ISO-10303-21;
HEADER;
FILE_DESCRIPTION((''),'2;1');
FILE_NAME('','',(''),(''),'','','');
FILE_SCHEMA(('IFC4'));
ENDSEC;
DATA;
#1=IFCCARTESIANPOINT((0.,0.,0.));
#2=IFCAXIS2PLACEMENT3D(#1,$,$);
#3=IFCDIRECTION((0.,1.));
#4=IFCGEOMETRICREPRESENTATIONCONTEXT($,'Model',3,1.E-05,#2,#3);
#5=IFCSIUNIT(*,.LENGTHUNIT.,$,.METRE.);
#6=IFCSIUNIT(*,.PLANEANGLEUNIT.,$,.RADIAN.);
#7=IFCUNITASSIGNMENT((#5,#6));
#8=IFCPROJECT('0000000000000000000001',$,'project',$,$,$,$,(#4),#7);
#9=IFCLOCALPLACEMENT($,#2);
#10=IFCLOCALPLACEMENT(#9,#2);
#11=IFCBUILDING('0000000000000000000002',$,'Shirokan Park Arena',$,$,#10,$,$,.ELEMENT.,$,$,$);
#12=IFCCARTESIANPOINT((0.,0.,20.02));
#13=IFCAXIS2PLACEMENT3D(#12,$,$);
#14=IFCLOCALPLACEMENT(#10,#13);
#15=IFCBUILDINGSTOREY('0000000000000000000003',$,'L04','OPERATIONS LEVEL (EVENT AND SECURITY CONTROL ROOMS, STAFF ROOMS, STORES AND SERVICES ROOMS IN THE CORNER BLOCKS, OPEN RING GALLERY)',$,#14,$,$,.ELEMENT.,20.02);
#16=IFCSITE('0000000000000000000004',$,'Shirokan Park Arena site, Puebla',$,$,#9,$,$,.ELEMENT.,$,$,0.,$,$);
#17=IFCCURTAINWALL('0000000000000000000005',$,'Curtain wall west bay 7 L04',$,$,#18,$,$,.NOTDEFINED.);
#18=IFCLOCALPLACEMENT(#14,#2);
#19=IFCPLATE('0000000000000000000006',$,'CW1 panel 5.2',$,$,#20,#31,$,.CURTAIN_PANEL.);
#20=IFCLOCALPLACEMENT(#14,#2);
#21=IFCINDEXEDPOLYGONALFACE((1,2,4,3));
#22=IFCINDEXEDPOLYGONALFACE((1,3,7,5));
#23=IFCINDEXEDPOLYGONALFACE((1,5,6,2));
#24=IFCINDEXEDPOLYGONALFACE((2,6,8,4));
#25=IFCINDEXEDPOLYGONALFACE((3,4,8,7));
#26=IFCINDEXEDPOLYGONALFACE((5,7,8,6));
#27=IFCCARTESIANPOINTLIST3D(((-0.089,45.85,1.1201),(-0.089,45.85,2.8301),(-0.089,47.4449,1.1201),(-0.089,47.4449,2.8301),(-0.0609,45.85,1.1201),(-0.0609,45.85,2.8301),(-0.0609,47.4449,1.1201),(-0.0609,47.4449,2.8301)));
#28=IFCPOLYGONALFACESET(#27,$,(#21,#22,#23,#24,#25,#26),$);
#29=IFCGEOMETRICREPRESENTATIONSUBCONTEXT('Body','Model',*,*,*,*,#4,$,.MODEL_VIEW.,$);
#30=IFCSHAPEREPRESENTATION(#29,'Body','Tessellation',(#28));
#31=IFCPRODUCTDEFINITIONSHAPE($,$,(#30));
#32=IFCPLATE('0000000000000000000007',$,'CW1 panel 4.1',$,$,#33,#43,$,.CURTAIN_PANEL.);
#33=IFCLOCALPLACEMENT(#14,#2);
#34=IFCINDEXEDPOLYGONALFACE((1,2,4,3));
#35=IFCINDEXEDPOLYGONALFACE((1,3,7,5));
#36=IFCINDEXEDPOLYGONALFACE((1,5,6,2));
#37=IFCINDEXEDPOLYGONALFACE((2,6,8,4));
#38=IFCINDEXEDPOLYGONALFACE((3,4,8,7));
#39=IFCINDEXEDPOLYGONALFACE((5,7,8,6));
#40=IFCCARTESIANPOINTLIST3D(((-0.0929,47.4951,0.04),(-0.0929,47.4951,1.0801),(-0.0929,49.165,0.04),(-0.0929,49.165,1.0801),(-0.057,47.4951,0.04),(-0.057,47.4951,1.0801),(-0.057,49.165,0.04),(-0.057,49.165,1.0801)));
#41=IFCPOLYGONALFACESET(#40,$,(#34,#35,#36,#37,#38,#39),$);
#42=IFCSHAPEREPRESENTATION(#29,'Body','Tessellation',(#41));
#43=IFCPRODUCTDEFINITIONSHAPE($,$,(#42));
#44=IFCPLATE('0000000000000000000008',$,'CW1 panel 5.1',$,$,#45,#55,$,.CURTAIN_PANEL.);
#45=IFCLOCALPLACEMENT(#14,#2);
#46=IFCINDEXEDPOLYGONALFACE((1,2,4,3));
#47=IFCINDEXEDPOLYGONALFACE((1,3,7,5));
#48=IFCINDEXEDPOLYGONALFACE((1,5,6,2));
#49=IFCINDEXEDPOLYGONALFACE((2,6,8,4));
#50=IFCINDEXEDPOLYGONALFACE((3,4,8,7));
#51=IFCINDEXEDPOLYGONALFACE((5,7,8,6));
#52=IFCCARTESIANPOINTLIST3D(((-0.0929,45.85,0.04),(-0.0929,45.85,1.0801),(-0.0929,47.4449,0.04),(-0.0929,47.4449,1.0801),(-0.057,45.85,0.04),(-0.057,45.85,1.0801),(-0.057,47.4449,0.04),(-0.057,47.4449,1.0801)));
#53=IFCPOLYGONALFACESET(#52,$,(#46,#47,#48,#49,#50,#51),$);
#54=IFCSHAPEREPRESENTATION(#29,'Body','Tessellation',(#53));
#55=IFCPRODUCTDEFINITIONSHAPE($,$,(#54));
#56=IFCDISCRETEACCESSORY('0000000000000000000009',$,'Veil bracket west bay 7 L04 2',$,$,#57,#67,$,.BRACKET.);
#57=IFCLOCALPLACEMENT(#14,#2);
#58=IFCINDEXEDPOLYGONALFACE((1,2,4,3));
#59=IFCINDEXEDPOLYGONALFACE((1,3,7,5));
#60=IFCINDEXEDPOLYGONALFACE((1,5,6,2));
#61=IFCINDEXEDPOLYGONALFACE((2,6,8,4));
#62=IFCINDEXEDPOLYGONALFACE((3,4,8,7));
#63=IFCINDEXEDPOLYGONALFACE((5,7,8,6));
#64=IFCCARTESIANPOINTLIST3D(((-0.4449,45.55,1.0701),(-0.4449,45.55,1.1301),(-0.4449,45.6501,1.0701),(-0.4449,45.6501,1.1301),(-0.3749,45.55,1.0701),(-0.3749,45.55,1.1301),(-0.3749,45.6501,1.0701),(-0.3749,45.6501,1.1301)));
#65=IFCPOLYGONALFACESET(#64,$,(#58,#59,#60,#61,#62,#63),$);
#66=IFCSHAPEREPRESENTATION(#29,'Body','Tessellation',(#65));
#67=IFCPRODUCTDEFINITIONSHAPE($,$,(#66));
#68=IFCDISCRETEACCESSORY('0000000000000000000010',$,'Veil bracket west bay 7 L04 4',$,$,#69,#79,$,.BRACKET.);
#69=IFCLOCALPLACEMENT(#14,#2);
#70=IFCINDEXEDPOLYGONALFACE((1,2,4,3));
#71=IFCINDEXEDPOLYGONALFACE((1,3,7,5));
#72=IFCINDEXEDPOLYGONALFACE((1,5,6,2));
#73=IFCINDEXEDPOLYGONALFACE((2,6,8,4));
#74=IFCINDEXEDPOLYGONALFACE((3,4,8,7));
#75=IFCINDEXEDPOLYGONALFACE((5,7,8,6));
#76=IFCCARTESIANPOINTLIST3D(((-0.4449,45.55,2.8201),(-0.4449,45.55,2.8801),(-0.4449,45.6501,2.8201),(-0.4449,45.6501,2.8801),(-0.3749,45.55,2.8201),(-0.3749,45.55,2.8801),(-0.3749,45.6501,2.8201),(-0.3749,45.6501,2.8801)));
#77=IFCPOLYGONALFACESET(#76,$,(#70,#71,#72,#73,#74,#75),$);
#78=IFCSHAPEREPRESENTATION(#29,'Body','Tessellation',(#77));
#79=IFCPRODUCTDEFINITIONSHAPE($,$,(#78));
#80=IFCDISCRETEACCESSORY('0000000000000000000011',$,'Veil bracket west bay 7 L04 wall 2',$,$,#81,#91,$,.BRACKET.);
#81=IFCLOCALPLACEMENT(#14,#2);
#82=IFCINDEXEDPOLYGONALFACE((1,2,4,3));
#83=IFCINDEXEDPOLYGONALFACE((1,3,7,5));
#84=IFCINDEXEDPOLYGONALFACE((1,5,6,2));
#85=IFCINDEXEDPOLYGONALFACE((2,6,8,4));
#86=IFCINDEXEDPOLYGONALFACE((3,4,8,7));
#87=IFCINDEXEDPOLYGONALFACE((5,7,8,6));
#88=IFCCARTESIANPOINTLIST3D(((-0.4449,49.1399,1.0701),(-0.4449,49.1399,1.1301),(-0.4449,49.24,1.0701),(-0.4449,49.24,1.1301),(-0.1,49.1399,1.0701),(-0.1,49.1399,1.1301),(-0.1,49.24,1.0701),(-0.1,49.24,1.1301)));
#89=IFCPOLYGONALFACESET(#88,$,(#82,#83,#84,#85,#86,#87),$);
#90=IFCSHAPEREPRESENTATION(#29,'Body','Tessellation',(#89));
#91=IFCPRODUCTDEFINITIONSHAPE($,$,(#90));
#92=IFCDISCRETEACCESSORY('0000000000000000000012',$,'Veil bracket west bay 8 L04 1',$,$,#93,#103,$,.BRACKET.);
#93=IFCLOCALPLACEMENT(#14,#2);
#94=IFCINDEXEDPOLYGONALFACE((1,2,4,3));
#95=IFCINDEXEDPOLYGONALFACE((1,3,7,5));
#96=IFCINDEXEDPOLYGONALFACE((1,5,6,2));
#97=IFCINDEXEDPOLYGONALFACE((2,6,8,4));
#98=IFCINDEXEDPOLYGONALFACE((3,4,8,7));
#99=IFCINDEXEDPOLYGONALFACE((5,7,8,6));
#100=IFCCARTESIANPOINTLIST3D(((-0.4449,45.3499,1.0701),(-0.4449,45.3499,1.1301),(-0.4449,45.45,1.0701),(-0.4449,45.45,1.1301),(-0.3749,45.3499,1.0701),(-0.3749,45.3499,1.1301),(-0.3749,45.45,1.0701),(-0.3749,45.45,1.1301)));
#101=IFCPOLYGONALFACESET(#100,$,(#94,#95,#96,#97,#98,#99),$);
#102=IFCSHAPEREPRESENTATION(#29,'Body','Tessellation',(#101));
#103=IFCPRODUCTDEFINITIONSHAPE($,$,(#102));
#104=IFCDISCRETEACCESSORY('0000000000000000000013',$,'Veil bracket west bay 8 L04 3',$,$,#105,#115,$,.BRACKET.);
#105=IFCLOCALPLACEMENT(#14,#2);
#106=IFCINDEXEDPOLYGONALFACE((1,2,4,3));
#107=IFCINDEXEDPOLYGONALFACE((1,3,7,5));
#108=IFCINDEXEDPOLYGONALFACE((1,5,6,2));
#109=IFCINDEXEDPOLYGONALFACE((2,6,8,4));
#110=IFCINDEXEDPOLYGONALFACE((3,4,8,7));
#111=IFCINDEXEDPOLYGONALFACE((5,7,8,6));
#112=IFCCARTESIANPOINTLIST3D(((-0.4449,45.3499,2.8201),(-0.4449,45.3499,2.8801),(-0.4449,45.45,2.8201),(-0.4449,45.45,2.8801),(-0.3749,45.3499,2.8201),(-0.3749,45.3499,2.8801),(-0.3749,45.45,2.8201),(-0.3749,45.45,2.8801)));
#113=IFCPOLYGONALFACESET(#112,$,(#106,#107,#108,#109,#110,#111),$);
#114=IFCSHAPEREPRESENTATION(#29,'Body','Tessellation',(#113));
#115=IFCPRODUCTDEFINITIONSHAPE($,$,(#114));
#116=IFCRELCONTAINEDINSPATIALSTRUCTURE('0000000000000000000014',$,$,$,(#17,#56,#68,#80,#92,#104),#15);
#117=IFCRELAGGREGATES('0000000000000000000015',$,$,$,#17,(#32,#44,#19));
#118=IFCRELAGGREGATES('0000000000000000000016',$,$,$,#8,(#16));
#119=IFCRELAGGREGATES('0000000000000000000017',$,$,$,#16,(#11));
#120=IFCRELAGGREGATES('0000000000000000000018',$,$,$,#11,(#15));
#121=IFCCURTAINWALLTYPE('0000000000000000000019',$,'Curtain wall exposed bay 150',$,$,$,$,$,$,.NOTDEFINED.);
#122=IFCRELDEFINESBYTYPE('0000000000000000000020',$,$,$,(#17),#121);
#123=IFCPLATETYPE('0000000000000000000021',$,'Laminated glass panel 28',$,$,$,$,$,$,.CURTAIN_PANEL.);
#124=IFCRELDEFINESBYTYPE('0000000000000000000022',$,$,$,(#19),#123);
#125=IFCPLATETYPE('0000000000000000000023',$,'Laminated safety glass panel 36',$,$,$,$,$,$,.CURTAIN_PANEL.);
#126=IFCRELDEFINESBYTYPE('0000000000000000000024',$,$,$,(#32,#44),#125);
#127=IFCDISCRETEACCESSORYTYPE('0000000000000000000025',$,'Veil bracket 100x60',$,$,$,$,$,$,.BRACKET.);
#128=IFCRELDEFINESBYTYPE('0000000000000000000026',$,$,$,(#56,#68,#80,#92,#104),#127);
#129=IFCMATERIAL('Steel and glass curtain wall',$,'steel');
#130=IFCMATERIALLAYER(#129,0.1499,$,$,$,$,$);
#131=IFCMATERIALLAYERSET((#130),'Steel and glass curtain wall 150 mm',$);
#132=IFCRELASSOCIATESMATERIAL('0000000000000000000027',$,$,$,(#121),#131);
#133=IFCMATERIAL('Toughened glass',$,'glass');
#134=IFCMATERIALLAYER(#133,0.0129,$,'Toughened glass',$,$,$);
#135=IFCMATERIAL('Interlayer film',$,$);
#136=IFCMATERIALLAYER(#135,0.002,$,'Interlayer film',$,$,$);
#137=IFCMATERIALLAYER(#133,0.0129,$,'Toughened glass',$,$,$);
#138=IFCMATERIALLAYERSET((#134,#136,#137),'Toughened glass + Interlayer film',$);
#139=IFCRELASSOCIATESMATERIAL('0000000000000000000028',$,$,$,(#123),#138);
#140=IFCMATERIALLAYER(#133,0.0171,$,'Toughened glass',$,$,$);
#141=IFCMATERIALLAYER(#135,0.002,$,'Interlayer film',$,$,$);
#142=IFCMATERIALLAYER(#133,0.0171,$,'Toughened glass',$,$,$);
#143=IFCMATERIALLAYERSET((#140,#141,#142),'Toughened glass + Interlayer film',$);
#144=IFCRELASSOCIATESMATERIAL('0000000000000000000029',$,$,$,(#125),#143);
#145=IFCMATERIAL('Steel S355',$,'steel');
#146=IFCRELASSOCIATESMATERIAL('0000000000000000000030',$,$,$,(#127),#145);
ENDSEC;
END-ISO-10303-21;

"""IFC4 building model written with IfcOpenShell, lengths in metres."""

from ifc_helpers import new_model, si_unit, direction, frame, origin, origin_2d, place, context, subcontext, project, spatial, rectangle, extrude, material, layer, layer_set, type_object, element, aggregate, save


model = new_model("IFC4")

# Units and contexts
model_context = context("Model", 3, precision=1e-05, world=origin(), true_north=direction((0.0, 1.0)))
body_context = subcontext(model_context, "Body", "Model", "MODEL_VIEW")
ifc_project = project(units=[si_unit("LENGTHUNIT", "METRE"), si_unit("PLANEANGLEUNIT", "RADIAN")], contexts=[model_context])

# Site, building, storey
site_placement = place(None, origin())
site = spatial("IfcSite", under=ifc_project, at=site_placement, Name="Shirokan Park Arena site, Puebla", CompositionType="ELEMENT", RefElevation=0.0)
building_placement = place(site_placement, origin())
building = spatial("IfcBuilding", under=site, at=building_placement, Name="Shirokan Park Arena", CompositionType="ELEMENT")
storey_placement = place(building_placement, frame((0.0, 0.0, 20.02)))
storey = spatial("IfcBuildingStorey", under=building, at=storey_placement, Name="L04", Description="OPERATIONS LEVEL (EVENT AND SECURITY CONTROL ROOMS, STAFF ROOMS, STORES AND SERVICES ROOMS IN THE CORNER BLOCKS, OPEN RING GALLERY)", CompositionType="ELEMENT", Elevation=20.02)

# Curtain wall
ifc_material_1 = material(Name="Steel and glass curtain wall", Category="steel")
ifc_layer_1 = layer(ifc_material_1, 0.1499)
ifc_layer_set_1 = layer_set([ifc_layer_1], Name="Steel and glass curtain wall 150 mm")
curtain_wall_type = type_object("IfcCurtainWallType", Name="Curtain wall exposed bay 150", PredefinedType="NOTDEFINED", material=ifc_layer_set_1)
curtain_wall_1_placement = place(storey_placement, origin())
curtain_wall_1 = element("IfcCurtainWall", 1, at=curtain_wall_1_placement, inside=storey, type_object=curtain_wall_type, Name="Curtain wall west bay 7 L04", PredefinedType="NOTDEFINED")
ifc_material_2 = material(Name="Steel S355", Category="steel")

# Plates
ifc_material_3 = material(Name="Toughened glass", Category="glass")
ifc_layer_2 = layer(ifc_material_3, 0.0129, Name="Toughened glass")
ifc_material_4 = material(Name="Interlayer film")
ifc_layer_3 = layer(ifc_material_4, 0.002, Name="Interlayer film")
ifc_layer_4 = layer(ifc_material_3, 0.0129, Name="Toughened glass")
ifc_layer_set_2 = layer_set([ifc_layer_2, ifc_layer_3, ifc_layer_4], Name="Toughened glass + Interlayer film")
plate_type_1 = type_object("IfcPlateType", Name="Laminated glass panel 28", PredefinedType="CURTAIN_PANEL", material=ifc_layer_set_2)
plate_1_placement = place(storey_placement, frame((-0.075, 46.6475, 1.1201), z_axis=(0.0, 0.0, 1.0), x_axis=(0.0, -1.0, 0.0)))
plate_1 = element("IfcPlate", 2, at=plate_1_placement, type_object=plate_type_1, Name="CW1 panel 5.2", PredefinedType="CURTAIN_PANEL", context=body_context, shape_type="SweptSolid", body=[
    extrude(rectangle(XDim=1.595, YDim=0.0281, at=origin_2d()), origin(), (0.0, 0.0, 1.0), 1.71),
])
ifc_layer_5 = layer(ifc_material_3, 0.0171, Name="Toughened glass")
ifc_layer_6 = layer(ifc_material_4, 0.002, Name="Interlayer film")
ifc_layer_7 = layer(ifc_material_3, 0.0171, Name="Toughened glass")
ifc_layer_set_3 = layer_set([ifc_layer_5, ifc_layer_6, ifc_layer_7], Name="Toughened glass + Interlayer film")
plate_type_2 = type_object("IfcPlateType", Name="Laminated safety glass panel 36", PredefinedType="CURTAIN_PANEL", material=ifc_layer_set_3)
plate_2_placement = place(storey_placement, frame((-0.075, 48.3301, 0.04), z_axis=(0.0, 0.0, 1.0), x_axis=(0.0, -1.0, 0.0)))
plate_2 = element("IfcPlate", 3, at=plate_2_placement, type_object=plate_type_2, Name="CW1 panel 4.1", PredefinedType="CURTAIN_PANEL", context=body_context, shape_type="SweptSolid", body=[
    extrude(rectangle(XDim=1.6699, YDim=0.0359, at=origin_2d()), origin(), (0.0, 0.0, 1.0), 1.04),
])
plate_3_placement = place(storey_placement, frame((-0.075, 46.6475, 0.04), z_axis=(0.0, 0.0, 1.0), x_axis=(0.0, -1.0, 0.0)))
plate_3 = element("IfcPlate", 4, at=plate_3_placement, type_object=plate_type_2, Name="CW1 panel 5.1", PredefinedType="CURTAIN_PANEL", context=body_context, shape_type="SweptSolid", body=[
    extrude(rectangle(XDim=1.595, YDim=0.0359, at=origin_2d()), origin(), (0.0, 0.0, 1.0), 1.04),
])
aggregate(curtain_wall_1, [plate_2, plate_3, plate_1])

# Discrete accessories
discrete_accessory_type = type_object("IfcDiscreteAccessoryType", Name="Veil bracket 100x60", PredefinedType="BRACKET", material=ifc_material_2)
for number, where, z_axis, x_axis, name in (
    (5, (-0.4099, 45.6001, 1.0701), (0.0, 0.0, 1.0), (0.0, -1.0, 0.0), "Veil bracket west bay 7 L04 2"),
    (6, (-0.4099, 45.6001, 2.8201), (0.0, 0.0, 1.0), (0.0, -1.0, 0.0), "Veil bracket west bay 7 L04 4"),
):
    element("IfcDiscreteAccessory", number, at=place(storey_placement, frame(where, z_axis=z_axis, x_axis=x_axis)), inside=storey, type_object=discrete_accessory_type, Name=name, PredefinedType="BRACKET", context=body_context, shape_type="SweptSolid", body=[
        extrude(rectangle(XDim=0.1001, YDim=0.0701, at=origin_2d()), origin(), (0.0, 0.0, 1.0), 0.0601),
    ])
discrete_accessory_placement = place(storey_placement, frame((-0.2725, 49.1899, 1.0701), z_axis=(0.0, 0.0, 1.0), x_axis=(0.0, -1.0, 0.0)))
element("IfcDiscreteAccessory", 7, at=discrete_accessory_placement, inside=storey, type_object=discrete_accessory_type, Name="Veil bracket west bay 7 L04 wall 2", PredefinedType="BRACKET", context=body_context, shape_type="SweptSolid", body=[
    extrude(rectangle(XDim=0.1001, YDim=0.345, at=origin_2d()), origin(), (0.0, 0.0, 1.0), 0.0601),
])
for number, where, z_axis, x_axis, name in (
    (8, (-0.4099, 45.3999, 1.0701), (0.0, 0.0, 1.0), (0.0, -1.0, 0.0), "Veil bracket west bay 8 L04 1"),
    (9, (-0.4099, 45.3999, 2.8201), (0.0, 0.0, 1.0), (0.0, -1.0, 0.0), "Veil bracket west bay 8 L04 3"),
):
    element("IfcDiscreteAccessory", number, at=place(storey_placement, frame(where, z_axis=z_axis, x_axis=x_axis)), inside=storey, type_object=discrete_accessory_type, Name=name, PredefinedType="BRACKET", context=body_context, shape_type="SweptSolid", body=[
        extrude(rectangle(XDim=0.1001, YDim=0.0701, at=origin_2d()), origin(), (0.0, 0.0, 1.0), 0.0601),
    ])

save(model, "model.ifc")
